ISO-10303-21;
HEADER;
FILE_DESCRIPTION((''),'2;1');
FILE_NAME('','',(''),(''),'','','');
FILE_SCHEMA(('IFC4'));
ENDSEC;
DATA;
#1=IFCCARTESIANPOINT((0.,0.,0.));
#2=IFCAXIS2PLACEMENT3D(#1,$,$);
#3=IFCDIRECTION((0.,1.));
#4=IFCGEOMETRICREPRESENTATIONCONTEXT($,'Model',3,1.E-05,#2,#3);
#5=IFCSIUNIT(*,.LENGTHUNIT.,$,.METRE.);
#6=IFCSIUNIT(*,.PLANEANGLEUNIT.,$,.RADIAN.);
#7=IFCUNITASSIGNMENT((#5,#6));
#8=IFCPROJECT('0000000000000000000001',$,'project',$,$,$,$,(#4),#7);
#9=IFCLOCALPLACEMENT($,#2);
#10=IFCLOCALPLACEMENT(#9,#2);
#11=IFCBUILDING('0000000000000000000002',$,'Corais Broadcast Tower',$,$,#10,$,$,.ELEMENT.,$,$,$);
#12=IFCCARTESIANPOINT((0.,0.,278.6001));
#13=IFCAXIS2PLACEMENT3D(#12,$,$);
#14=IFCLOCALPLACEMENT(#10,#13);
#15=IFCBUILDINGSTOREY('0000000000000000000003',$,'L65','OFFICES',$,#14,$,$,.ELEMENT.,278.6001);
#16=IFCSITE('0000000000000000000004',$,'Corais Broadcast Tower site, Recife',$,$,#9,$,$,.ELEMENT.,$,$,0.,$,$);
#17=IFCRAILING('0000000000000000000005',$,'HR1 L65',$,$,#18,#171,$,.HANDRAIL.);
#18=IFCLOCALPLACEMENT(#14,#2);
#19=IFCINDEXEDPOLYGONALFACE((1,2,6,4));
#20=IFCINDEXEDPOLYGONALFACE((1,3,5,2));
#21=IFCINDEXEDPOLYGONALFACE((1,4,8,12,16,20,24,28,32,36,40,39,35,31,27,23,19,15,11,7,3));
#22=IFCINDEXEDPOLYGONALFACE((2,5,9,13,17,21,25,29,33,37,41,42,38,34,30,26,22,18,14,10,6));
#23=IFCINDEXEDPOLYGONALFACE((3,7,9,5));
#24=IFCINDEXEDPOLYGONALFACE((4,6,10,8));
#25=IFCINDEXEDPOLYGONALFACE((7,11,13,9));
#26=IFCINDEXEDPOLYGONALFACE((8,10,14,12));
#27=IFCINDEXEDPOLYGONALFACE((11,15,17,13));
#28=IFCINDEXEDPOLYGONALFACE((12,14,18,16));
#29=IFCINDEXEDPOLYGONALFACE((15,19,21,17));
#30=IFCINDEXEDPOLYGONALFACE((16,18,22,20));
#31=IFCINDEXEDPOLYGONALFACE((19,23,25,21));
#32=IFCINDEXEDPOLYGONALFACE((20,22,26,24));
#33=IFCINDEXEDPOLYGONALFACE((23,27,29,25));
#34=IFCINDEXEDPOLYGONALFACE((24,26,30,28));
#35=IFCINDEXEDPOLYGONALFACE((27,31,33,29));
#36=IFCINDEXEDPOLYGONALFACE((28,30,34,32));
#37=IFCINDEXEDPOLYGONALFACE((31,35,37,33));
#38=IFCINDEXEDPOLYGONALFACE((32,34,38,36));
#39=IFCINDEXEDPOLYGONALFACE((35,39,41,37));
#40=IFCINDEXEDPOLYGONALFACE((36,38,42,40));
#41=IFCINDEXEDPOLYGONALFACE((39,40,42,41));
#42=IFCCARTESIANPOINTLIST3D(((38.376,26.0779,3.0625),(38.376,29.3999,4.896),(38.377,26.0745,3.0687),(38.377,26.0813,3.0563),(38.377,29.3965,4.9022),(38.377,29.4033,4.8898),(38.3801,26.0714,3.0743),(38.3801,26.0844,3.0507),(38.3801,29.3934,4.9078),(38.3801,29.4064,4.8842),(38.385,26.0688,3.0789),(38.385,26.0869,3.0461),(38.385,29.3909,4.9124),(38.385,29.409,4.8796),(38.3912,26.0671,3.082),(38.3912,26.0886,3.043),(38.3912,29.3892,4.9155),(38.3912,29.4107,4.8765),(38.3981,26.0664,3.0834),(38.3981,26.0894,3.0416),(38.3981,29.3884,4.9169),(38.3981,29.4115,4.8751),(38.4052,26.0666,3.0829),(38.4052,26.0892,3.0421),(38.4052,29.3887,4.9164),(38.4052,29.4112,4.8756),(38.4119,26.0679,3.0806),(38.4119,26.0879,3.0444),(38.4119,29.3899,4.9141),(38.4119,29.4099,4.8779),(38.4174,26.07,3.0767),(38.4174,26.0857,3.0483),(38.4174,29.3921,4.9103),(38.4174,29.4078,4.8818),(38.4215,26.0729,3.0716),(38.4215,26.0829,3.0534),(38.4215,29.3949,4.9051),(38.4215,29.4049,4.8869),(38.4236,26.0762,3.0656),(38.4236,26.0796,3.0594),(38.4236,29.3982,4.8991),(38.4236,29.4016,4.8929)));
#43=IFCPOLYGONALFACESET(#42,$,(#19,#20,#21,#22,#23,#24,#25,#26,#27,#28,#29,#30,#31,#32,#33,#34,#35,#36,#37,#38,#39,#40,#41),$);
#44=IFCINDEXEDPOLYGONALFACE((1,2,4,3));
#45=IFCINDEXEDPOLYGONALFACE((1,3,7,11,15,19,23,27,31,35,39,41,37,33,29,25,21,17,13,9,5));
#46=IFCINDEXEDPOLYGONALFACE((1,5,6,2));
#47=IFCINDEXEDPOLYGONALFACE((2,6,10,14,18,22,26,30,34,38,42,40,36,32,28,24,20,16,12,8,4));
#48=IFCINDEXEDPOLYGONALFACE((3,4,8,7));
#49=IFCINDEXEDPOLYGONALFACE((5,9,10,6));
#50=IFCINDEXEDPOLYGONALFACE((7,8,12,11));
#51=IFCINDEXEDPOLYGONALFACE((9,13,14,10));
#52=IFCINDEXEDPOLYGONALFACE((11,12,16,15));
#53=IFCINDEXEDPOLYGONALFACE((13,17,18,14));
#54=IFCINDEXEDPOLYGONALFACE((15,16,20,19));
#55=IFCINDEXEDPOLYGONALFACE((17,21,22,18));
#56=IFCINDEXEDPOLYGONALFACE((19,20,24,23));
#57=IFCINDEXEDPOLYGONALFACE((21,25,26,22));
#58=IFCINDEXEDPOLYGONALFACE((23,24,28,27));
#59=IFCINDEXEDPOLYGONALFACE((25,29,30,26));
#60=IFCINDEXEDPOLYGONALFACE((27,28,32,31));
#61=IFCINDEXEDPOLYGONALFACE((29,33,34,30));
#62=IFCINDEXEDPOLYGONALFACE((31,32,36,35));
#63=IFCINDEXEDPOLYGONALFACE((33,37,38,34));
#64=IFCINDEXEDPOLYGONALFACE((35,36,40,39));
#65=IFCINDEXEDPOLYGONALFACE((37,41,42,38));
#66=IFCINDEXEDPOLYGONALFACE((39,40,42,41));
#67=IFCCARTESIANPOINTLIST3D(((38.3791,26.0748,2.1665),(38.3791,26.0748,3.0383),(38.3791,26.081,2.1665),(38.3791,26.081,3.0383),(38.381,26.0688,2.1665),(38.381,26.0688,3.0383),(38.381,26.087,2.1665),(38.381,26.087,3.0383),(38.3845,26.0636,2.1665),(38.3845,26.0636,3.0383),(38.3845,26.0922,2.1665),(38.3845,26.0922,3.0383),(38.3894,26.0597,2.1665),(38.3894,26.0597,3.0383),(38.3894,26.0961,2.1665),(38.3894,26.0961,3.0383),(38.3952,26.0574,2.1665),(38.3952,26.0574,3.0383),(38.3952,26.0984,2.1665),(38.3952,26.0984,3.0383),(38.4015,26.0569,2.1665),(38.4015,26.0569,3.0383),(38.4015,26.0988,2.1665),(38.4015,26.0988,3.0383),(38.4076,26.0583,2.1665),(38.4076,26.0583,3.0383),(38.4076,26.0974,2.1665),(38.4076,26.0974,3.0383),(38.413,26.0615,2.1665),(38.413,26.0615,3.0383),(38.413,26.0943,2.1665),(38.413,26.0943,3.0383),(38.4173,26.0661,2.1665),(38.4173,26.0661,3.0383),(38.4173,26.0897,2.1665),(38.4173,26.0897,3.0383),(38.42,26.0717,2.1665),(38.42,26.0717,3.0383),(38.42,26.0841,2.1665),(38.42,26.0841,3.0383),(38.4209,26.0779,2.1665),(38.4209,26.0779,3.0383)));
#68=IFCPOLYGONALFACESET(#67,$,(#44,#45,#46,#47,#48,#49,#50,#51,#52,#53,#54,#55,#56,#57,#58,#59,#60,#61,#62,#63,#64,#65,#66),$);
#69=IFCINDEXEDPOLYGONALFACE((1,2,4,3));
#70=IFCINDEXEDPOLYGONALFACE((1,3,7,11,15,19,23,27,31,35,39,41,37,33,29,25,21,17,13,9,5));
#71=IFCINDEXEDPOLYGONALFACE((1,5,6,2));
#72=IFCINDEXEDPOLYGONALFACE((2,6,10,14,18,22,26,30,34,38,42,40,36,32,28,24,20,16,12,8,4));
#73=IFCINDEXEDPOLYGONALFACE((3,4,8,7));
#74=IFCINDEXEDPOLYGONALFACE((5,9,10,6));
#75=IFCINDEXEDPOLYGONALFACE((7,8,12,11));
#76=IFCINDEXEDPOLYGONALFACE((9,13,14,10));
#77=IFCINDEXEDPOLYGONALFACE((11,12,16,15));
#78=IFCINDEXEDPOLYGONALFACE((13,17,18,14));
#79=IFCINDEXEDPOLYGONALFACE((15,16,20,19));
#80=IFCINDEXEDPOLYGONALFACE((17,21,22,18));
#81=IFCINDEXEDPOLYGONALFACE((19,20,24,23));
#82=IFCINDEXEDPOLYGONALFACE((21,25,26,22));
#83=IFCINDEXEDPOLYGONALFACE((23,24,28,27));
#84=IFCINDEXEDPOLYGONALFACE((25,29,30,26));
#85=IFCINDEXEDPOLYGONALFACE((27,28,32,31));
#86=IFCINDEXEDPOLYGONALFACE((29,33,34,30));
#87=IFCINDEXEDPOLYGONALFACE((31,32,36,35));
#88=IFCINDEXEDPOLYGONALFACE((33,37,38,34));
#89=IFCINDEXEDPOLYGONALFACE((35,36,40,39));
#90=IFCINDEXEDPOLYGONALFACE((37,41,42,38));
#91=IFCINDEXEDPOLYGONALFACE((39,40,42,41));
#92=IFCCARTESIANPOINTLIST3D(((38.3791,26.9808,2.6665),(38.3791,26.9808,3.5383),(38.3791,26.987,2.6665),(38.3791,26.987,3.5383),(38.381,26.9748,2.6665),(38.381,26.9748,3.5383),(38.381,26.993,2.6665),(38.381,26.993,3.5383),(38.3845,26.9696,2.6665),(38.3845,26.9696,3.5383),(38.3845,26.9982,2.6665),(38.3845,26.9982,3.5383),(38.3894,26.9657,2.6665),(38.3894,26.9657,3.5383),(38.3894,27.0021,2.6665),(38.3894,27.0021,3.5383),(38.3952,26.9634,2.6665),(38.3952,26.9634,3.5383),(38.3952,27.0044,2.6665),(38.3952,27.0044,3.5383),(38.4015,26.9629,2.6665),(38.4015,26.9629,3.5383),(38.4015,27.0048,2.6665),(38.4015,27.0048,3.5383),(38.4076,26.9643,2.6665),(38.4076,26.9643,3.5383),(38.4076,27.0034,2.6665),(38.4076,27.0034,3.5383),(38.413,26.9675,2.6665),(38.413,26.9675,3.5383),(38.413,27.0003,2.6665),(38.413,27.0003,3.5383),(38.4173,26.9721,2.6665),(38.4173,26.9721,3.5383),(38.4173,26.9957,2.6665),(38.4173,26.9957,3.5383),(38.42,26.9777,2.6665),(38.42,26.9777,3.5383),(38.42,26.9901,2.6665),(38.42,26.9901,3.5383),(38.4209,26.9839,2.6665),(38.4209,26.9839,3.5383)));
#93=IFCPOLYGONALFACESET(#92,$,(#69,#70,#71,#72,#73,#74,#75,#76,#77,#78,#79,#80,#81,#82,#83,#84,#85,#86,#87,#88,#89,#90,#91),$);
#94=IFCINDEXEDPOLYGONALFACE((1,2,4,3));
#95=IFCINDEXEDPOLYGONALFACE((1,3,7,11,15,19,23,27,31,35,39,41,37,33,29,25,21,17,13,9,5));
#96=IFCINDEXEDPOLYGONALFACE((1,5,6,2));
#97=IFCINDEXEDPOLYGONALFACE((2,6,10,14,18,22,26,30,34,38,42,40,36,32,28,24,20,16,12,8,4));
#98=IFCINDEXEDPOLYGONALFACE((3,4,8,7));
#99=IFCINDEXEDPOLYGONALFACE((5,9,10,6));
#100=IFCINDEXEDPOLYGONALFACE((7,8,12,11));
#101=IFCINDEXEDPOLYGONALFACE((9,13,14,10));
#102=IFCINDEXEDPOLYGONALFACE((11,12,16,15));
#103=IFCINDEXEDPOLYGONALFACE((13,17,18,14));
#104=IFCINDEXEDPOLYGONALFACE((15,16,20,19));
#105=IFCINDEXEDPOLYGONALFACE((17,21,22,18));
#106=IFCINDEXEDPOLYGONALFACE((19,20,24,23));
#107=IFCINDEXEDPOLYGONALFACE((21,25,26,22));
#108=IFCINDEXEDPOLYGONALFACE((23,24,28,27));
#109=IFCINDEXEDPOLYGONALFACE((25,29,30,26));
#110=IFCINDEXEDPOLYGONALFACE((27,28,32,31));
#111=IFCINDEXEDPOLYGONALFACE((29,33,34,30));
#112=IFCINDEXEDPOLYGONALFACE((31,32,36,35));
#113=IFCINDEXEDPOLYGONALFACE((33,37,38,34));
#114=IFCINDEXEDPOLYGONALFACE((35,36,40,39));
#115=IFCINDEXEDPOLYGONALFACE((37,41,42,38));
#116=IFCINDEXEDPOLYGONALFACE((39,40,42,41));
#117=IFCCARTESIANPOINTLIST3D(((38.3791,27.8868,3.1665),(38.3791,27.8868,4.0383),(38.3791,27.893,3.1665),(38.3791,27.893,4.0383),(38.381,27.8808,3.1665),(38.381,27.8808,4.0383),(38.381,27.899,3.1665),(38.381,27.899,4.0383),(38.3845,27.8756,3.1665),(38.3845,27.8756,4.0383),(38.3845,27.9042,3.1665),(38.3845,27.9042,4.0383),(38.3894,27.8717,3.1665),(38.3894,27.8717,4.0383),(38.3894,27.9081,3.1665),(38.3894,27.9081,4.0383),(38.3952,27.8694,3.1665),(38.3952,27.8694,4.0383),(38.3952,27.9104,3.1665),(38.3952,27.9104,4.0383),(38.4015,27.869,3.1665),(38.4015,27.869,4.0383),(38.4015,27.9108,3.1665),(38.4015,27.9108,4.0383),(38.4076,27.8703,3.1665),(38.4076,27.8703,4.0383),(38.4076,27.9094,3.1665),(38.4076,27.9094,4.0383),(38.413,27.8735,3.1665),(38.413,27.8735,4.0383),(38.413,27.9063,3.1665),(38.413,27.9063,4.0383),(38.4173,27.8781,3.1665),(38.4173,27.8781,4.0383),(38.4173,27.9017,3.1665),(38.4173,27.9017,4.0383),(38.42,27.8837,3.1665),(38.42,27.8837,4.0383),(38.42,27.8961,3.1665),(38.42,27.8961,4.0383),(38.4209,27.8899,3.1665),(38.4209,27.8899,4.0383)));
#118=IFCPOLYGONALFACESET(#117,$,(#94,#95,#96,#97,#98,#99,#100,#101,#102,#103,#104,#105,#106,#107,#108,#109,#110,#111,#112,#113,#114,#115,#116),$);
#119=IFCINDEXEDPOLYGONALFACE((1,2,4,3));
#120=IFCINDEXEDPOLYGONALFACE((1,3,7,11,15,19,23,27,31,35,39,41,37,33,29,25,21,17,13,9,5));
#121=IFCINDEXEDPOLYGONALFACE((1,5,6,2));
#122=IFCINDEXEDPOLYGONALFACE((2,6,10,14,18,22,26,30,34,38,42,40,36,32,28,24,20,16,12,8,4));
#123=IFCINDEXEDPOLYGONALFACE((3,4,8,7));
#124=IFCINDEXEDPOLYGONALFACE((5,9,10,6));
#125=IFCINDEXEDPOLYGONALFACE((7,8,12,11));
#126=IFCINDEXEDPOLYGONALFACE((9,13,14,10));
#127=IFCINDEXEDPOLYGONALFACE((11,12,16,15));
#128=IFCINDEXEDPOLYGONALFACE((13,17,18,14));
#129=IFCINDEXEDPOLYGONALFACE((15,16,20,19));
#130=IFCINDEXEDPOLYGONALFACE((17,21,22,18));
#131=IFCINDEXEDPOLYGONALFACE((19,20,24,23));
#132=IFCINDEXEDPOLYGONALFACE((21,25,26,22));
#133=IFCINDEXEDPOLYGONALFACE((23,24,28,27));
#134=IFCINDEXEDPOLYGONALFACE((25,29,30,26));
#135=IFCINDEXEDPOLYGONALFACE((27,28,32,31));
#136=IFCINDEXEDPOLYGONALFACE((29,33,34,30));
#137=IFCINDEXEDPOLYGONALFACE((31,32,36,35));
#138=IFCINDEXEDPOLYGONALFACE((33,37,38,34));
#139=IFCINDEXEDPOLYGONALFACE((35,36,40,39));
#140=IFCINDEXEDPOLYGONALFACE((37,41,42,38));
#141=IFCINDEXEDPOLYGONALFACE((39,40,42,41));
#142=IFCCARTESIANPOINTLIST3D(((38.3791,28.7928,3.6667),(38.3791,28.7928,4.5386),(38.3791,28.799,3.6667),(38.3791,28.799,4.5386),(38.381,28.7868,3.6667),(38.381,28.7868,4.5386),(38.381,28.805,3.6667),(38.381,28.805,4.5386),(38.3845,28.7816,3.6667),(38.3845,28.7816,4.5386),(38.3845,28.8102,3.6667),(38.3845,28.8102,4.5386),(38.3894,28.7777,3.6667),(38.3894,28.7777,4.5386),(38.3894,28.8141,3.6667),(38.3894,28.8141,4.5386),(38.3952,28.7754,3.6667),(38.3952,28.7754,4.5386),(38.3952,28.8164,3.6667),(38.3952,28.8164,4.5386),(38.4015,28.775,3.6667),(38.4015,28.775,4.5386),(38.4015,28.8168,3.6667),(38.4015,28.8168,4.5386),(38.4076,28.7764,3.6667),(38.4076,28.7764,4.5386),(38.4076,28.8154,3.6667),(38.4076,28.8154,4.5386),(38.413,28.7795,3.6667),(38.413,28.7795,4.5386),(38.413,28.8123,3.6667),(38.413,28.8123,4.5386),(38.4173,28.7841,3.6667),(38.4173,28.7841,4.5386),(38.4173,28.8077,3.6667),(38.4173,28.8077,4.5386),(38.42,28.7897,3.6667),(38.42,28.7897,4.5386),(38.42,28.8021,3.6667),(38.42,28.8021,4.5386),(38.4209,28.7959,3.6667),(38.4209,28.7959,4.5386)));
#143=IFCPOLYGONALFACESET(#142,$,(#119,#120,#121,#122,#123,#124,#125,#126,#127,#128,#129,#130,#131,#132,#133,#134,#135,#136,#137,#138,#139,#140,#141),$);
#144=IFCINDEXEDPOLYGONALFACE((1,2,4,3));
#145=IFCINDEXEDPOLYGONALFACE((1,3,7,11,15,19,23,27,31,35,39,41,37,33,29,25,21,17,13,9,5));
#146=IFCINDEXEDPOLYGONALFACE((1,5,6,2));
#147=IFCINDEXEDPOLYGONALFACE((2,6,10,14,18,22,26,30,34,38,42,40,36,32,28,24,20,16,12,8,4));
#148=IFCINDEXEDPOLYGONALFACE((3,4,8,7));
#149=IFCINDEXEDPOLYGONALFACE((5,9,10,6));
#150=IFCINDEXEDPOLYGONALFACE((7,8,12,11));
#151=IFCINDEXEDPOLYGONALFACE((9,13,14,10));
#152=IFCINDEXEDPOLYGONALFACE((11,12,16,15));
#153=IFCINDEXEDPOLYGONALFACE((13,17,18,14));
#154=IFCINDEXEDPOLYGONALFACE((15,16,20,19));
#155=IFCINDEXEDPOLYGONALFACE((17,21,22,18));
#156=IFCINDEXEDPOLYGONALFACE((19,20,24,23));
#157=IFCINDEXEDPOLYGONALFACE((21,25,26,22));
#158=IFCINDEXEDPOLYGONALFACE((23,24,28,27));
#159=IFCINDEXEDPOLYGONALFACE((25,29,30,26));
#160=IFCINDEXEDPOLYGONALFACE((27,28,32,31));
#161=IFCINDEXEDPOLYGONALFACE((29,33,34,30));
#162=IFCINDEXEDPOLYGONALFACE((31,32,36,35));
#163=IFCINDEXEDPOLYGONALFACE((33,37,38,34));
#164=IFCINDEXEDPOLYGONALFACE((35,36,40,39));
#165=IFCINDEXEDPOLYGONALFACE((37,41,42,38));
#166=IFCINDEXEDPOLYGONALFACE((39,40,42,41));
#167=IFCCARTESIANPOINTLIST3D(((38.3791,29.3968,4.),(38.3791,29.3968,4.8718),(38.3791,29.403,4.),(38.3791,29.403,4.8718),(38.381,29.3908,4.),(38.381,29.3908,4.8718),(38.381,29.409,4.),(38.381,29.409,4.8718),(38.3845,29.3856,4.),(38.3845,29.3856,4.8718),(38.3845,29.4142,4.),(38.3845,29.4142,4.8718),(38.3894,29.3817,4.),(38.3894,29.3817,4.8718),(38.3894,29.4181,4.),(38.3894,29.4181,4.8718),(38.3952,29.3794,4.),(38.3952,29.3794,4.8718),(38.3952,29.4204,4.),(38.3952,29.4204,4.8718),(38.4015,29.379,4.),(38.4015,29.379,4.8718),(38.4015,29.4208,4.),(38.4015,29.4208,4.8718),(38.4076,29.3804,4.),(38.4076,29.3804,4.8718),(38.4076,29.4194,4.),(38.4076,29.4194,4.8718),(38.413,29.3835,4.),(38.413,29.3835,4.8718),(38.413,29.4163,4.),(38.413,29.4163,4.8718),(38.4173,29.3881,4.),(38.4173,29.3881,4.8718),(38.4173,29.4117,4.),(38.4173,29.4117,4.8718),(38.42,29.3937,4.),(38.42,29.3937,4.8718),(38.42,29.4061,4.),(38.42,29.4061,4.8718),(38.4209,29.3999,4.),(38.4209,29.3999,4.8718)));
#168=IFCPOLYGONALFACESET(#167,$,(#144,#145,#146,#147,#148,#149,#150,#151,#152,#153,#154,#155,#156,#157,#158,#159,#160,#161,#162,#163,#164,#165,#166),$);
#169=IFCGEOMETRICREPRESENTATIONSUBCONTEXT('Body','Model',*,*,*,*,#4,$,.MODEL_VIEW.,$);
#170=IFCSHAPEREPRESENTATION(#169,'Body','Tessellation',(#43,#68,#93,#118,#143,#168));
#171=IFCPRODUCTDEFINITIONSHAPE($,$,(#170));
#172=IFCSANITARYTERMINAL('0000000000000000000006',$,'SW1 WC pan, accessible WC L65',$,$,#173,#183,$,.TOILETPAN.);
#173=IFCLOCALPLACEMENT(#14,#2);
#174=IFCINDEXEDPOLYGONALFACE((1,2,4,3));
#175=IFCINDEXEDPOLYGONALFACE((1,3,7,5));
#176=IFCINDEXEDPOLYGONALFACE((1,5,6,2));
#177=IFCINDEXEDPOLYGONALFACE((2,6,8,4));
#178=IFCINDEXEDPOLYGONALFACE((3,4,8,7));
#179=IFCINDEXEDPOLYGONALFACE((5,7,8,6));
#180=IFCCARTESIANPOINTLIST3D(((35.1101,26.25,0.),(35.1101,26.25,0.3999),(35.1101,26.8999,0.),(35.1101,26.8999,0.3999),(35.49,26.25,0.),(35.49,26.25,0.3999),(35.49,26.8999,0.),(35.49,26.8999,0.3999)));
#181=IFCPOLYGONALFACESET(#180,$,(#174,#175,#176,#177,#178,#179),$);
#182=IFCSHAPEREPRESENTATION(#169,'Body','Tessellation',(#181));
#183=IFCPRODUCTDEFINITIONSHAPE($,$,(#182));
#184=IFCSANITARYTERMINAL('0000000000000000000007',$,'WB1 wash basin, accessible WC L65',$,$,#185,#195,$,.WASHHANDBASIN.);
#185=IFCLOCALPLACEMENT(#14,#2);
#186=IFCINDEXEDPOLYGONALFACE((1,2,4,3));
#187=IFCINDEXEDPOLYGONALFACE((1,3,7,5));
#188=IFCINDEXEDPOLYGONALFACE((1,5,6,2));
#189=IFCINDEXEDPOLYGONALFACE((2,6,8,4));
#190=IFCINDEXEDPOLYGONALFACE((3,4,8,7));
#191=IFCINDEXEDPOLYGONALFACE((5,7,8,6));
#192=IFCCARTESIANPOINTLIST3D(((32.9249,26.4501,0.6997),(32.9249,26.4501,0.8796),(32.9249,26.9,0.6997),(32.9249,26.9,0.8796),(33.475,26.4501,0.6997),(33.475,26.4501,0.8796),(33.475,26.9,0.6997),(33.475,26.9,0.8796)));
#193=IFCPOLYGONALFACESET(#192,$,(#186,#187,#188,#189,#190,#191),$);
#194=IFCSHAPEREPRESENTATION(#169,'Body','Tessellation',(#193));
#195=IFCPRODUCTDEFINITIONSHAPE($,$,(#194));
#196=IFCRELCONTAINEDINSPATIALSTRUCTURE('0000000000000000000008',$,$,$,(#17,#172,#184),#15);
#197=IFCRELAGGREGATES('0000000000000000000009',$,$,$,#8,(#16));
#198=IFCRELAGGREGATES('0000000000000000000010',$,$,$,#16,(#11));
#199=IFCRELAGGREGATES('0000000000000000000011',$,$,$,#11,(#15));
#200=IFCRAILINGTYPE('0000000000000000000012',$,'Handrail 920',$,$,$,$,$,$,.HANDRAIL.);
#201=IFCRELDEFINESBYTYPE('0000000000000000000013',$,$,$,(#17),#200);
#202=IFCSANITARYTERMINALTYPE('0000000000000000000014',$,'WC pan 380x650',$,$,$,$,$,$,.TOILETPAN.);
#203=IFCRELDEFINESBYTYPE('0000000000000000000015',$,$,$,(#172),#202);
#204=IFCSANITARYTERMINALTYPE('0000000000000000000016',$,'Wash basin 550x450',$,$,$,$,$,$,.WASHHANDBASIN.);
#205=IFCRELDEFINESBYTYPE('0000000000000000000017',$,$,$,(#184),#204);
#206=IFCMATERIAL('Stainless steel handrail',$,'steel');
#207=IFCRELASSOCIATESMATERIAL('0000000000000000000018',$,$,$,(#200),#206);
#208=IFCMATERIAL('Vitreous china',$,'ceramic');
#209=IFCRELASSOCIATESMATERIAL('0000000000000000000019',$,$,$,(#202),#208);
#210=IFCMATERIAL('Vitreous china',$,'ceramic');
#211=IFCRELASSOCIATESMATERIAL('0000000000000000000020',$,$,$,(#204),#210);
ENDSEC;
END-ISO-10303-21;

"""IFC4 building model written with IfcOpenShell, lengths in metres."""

from ifc_helpers import new_model, si_unit, direction, frame, origin, origin_2d, place, context, subcontext, project, spatial, rectangle, circle, extrude, material, type_object, element, save


model = new_model("IFC4")

# Units and contexts
model_context = context("Model", 3, precision=1e-05, world=origin(), true_north=direction((0.0, 1.0)))
body_context = subcontext(model_context, "Body", "Model", "MODEL_VIEW")
ifc_project = project(units=[si_unit("LENGTHUNIT", "METRE"), si_unit("PLANEANGLEUNIT", "RADIAN")], contexts=[model_context])

# Site, building, storey
site_placement = place(None, origin())
site = spatial("IfcSite", under=ifc_project, at=site_placement, Name="Corais Broadcast Tower site, Recife", CompositionType="ELEMENT", RefElevation=0.0)
building_placement = place(site_placement, origin())
building = spatial("IfcBuilding", under=site, at=building_placement, Name="Corais Broadcast Tower", CompositionType="ELEMENT")
storey_placement = place(building_placement, frame((0.0, 0.0, 278.6001)))
storey = spatial("IfcBuildingStorey", under=building, at=storey_placement, Name="L65", Description="OFFICES", CompositionType="ELEMENT", Elevation=278.6001)

# Railing
ifc_material_1 = material(Name="Stainless steel handrail", Category="steel")
railing_type = type_object("IfcRailingType", Name="Handrail 920", PredefinedType="HANDRAIL", material=ifc_material_1)
for number, where, name in (
    (1, (38.3999, 26.0779, 2.1665), "HR1 L65"),
):
    element("IfcRailing", number, at=place(storey_placement, frame(where)), inside=storey, type_object=railing_type, Name=name, PredefinedType="HANDRAIL", context=body_context, shape_type="SweptSolid", body=[
        extrude(circle(Radius=0.0239, at=origin_2d()), frame((0.0, 0.0, 0.896), z_axis=(0.0, 0.875504, 0.48321), x_axis=(-1.0, 0.0, 0.0)), (0.0, 0.0, 1.0), 3.7944),
        extrude(circle(Radius=0.021, at=origin_2d()), origin(), (0.0, 0.0, 1.0), 0.8718),
        extrude(circle(Radius=0.021, at=origin_2d()), frame((0.0, 0.906, 0.5)), (0.0, 0.0, 1.0), 0.8718),
        extrude(circle(Radius=0.021, at=origin_2d()), frame((0.0, 1.812, 1.0)), (0.0, 0.0, 1.0), 0.8718),
        extrude(circle(Radius=0.021, at=origin_2d()), frame((0.0, 2.718, 1.5002)), (0.0, 0.0, 1.0), 0.8718),
        extrude(circle(Radius=0.021, at=origin_2d()), frame((0.0, 3.322, 1.8335)), (0.0, 0.0, 1.0), 0.8718),
    ])

# Sanitary terminals
ifc_material_2 = material(Name="Vitreous china", Category="ceramic")
sanitary_terminal_type_1 = type_object("IfcSanitaryTerminalType", Name="WC pan 380x650", PredefinedType="TOILETPAN", material=ifc_material_2)
sanitary_terminal_1_placement = place(storey_placement, frame((35.3, 26.575, 0.0), z_axis=(0.0, 0.0, 1.0), x_axis=(1.0, 0.0, 0.0)))
element("IfcSanitaryTerminal", 2, at=sanitary_terminal_1_placement, inside=storey, type_object=sanitary_terminal_type_1, Name="SW1 WC pan, accessible WC L65", PredefinedType="TOILETPAN", context=body_context, shape_type="SweptSolid", body=[
    extrude(rectangle(XDim=0.3799, YDim=0.6499, at=origin_2d()), origin(), (0.0, 0.0, 1.0), 0.3999),
])
ifc_material_3 = material(Name="Vitreous china", Category="ceramic")
sanitary_terminal_type_2 = type_object("IfcSanitaryTerminalType", Name="Wash basin 550x450", PredefinedType="WASHHANDBASIN", material=ifc_material_3)
sanitary_terminal_2_placement = place(storey_placement, frame((33.2, 26.675, 0.6997), z_axis=(0.0, 0.0, 1.0), x_axis=(1.0, 0.0, 0.0)))
element("IfcSanitaryTerminal", 3, at=sanitary_terminal_2_placement, inside=storey, type_object=sanitary_terminal_type_2, Name="WB1 wash basin, accessible WC L65", PredefinedType="WASHHANDBASIN", context=body_context, shape_type="SweptSolid", body=[
    extrude(rectangle(XDim=0.55, YDim=0.45, at=origin_2d()), origin(), (0.0, 0.0, 1.0), 0.1799),
])

save(model, "model.ifc")
